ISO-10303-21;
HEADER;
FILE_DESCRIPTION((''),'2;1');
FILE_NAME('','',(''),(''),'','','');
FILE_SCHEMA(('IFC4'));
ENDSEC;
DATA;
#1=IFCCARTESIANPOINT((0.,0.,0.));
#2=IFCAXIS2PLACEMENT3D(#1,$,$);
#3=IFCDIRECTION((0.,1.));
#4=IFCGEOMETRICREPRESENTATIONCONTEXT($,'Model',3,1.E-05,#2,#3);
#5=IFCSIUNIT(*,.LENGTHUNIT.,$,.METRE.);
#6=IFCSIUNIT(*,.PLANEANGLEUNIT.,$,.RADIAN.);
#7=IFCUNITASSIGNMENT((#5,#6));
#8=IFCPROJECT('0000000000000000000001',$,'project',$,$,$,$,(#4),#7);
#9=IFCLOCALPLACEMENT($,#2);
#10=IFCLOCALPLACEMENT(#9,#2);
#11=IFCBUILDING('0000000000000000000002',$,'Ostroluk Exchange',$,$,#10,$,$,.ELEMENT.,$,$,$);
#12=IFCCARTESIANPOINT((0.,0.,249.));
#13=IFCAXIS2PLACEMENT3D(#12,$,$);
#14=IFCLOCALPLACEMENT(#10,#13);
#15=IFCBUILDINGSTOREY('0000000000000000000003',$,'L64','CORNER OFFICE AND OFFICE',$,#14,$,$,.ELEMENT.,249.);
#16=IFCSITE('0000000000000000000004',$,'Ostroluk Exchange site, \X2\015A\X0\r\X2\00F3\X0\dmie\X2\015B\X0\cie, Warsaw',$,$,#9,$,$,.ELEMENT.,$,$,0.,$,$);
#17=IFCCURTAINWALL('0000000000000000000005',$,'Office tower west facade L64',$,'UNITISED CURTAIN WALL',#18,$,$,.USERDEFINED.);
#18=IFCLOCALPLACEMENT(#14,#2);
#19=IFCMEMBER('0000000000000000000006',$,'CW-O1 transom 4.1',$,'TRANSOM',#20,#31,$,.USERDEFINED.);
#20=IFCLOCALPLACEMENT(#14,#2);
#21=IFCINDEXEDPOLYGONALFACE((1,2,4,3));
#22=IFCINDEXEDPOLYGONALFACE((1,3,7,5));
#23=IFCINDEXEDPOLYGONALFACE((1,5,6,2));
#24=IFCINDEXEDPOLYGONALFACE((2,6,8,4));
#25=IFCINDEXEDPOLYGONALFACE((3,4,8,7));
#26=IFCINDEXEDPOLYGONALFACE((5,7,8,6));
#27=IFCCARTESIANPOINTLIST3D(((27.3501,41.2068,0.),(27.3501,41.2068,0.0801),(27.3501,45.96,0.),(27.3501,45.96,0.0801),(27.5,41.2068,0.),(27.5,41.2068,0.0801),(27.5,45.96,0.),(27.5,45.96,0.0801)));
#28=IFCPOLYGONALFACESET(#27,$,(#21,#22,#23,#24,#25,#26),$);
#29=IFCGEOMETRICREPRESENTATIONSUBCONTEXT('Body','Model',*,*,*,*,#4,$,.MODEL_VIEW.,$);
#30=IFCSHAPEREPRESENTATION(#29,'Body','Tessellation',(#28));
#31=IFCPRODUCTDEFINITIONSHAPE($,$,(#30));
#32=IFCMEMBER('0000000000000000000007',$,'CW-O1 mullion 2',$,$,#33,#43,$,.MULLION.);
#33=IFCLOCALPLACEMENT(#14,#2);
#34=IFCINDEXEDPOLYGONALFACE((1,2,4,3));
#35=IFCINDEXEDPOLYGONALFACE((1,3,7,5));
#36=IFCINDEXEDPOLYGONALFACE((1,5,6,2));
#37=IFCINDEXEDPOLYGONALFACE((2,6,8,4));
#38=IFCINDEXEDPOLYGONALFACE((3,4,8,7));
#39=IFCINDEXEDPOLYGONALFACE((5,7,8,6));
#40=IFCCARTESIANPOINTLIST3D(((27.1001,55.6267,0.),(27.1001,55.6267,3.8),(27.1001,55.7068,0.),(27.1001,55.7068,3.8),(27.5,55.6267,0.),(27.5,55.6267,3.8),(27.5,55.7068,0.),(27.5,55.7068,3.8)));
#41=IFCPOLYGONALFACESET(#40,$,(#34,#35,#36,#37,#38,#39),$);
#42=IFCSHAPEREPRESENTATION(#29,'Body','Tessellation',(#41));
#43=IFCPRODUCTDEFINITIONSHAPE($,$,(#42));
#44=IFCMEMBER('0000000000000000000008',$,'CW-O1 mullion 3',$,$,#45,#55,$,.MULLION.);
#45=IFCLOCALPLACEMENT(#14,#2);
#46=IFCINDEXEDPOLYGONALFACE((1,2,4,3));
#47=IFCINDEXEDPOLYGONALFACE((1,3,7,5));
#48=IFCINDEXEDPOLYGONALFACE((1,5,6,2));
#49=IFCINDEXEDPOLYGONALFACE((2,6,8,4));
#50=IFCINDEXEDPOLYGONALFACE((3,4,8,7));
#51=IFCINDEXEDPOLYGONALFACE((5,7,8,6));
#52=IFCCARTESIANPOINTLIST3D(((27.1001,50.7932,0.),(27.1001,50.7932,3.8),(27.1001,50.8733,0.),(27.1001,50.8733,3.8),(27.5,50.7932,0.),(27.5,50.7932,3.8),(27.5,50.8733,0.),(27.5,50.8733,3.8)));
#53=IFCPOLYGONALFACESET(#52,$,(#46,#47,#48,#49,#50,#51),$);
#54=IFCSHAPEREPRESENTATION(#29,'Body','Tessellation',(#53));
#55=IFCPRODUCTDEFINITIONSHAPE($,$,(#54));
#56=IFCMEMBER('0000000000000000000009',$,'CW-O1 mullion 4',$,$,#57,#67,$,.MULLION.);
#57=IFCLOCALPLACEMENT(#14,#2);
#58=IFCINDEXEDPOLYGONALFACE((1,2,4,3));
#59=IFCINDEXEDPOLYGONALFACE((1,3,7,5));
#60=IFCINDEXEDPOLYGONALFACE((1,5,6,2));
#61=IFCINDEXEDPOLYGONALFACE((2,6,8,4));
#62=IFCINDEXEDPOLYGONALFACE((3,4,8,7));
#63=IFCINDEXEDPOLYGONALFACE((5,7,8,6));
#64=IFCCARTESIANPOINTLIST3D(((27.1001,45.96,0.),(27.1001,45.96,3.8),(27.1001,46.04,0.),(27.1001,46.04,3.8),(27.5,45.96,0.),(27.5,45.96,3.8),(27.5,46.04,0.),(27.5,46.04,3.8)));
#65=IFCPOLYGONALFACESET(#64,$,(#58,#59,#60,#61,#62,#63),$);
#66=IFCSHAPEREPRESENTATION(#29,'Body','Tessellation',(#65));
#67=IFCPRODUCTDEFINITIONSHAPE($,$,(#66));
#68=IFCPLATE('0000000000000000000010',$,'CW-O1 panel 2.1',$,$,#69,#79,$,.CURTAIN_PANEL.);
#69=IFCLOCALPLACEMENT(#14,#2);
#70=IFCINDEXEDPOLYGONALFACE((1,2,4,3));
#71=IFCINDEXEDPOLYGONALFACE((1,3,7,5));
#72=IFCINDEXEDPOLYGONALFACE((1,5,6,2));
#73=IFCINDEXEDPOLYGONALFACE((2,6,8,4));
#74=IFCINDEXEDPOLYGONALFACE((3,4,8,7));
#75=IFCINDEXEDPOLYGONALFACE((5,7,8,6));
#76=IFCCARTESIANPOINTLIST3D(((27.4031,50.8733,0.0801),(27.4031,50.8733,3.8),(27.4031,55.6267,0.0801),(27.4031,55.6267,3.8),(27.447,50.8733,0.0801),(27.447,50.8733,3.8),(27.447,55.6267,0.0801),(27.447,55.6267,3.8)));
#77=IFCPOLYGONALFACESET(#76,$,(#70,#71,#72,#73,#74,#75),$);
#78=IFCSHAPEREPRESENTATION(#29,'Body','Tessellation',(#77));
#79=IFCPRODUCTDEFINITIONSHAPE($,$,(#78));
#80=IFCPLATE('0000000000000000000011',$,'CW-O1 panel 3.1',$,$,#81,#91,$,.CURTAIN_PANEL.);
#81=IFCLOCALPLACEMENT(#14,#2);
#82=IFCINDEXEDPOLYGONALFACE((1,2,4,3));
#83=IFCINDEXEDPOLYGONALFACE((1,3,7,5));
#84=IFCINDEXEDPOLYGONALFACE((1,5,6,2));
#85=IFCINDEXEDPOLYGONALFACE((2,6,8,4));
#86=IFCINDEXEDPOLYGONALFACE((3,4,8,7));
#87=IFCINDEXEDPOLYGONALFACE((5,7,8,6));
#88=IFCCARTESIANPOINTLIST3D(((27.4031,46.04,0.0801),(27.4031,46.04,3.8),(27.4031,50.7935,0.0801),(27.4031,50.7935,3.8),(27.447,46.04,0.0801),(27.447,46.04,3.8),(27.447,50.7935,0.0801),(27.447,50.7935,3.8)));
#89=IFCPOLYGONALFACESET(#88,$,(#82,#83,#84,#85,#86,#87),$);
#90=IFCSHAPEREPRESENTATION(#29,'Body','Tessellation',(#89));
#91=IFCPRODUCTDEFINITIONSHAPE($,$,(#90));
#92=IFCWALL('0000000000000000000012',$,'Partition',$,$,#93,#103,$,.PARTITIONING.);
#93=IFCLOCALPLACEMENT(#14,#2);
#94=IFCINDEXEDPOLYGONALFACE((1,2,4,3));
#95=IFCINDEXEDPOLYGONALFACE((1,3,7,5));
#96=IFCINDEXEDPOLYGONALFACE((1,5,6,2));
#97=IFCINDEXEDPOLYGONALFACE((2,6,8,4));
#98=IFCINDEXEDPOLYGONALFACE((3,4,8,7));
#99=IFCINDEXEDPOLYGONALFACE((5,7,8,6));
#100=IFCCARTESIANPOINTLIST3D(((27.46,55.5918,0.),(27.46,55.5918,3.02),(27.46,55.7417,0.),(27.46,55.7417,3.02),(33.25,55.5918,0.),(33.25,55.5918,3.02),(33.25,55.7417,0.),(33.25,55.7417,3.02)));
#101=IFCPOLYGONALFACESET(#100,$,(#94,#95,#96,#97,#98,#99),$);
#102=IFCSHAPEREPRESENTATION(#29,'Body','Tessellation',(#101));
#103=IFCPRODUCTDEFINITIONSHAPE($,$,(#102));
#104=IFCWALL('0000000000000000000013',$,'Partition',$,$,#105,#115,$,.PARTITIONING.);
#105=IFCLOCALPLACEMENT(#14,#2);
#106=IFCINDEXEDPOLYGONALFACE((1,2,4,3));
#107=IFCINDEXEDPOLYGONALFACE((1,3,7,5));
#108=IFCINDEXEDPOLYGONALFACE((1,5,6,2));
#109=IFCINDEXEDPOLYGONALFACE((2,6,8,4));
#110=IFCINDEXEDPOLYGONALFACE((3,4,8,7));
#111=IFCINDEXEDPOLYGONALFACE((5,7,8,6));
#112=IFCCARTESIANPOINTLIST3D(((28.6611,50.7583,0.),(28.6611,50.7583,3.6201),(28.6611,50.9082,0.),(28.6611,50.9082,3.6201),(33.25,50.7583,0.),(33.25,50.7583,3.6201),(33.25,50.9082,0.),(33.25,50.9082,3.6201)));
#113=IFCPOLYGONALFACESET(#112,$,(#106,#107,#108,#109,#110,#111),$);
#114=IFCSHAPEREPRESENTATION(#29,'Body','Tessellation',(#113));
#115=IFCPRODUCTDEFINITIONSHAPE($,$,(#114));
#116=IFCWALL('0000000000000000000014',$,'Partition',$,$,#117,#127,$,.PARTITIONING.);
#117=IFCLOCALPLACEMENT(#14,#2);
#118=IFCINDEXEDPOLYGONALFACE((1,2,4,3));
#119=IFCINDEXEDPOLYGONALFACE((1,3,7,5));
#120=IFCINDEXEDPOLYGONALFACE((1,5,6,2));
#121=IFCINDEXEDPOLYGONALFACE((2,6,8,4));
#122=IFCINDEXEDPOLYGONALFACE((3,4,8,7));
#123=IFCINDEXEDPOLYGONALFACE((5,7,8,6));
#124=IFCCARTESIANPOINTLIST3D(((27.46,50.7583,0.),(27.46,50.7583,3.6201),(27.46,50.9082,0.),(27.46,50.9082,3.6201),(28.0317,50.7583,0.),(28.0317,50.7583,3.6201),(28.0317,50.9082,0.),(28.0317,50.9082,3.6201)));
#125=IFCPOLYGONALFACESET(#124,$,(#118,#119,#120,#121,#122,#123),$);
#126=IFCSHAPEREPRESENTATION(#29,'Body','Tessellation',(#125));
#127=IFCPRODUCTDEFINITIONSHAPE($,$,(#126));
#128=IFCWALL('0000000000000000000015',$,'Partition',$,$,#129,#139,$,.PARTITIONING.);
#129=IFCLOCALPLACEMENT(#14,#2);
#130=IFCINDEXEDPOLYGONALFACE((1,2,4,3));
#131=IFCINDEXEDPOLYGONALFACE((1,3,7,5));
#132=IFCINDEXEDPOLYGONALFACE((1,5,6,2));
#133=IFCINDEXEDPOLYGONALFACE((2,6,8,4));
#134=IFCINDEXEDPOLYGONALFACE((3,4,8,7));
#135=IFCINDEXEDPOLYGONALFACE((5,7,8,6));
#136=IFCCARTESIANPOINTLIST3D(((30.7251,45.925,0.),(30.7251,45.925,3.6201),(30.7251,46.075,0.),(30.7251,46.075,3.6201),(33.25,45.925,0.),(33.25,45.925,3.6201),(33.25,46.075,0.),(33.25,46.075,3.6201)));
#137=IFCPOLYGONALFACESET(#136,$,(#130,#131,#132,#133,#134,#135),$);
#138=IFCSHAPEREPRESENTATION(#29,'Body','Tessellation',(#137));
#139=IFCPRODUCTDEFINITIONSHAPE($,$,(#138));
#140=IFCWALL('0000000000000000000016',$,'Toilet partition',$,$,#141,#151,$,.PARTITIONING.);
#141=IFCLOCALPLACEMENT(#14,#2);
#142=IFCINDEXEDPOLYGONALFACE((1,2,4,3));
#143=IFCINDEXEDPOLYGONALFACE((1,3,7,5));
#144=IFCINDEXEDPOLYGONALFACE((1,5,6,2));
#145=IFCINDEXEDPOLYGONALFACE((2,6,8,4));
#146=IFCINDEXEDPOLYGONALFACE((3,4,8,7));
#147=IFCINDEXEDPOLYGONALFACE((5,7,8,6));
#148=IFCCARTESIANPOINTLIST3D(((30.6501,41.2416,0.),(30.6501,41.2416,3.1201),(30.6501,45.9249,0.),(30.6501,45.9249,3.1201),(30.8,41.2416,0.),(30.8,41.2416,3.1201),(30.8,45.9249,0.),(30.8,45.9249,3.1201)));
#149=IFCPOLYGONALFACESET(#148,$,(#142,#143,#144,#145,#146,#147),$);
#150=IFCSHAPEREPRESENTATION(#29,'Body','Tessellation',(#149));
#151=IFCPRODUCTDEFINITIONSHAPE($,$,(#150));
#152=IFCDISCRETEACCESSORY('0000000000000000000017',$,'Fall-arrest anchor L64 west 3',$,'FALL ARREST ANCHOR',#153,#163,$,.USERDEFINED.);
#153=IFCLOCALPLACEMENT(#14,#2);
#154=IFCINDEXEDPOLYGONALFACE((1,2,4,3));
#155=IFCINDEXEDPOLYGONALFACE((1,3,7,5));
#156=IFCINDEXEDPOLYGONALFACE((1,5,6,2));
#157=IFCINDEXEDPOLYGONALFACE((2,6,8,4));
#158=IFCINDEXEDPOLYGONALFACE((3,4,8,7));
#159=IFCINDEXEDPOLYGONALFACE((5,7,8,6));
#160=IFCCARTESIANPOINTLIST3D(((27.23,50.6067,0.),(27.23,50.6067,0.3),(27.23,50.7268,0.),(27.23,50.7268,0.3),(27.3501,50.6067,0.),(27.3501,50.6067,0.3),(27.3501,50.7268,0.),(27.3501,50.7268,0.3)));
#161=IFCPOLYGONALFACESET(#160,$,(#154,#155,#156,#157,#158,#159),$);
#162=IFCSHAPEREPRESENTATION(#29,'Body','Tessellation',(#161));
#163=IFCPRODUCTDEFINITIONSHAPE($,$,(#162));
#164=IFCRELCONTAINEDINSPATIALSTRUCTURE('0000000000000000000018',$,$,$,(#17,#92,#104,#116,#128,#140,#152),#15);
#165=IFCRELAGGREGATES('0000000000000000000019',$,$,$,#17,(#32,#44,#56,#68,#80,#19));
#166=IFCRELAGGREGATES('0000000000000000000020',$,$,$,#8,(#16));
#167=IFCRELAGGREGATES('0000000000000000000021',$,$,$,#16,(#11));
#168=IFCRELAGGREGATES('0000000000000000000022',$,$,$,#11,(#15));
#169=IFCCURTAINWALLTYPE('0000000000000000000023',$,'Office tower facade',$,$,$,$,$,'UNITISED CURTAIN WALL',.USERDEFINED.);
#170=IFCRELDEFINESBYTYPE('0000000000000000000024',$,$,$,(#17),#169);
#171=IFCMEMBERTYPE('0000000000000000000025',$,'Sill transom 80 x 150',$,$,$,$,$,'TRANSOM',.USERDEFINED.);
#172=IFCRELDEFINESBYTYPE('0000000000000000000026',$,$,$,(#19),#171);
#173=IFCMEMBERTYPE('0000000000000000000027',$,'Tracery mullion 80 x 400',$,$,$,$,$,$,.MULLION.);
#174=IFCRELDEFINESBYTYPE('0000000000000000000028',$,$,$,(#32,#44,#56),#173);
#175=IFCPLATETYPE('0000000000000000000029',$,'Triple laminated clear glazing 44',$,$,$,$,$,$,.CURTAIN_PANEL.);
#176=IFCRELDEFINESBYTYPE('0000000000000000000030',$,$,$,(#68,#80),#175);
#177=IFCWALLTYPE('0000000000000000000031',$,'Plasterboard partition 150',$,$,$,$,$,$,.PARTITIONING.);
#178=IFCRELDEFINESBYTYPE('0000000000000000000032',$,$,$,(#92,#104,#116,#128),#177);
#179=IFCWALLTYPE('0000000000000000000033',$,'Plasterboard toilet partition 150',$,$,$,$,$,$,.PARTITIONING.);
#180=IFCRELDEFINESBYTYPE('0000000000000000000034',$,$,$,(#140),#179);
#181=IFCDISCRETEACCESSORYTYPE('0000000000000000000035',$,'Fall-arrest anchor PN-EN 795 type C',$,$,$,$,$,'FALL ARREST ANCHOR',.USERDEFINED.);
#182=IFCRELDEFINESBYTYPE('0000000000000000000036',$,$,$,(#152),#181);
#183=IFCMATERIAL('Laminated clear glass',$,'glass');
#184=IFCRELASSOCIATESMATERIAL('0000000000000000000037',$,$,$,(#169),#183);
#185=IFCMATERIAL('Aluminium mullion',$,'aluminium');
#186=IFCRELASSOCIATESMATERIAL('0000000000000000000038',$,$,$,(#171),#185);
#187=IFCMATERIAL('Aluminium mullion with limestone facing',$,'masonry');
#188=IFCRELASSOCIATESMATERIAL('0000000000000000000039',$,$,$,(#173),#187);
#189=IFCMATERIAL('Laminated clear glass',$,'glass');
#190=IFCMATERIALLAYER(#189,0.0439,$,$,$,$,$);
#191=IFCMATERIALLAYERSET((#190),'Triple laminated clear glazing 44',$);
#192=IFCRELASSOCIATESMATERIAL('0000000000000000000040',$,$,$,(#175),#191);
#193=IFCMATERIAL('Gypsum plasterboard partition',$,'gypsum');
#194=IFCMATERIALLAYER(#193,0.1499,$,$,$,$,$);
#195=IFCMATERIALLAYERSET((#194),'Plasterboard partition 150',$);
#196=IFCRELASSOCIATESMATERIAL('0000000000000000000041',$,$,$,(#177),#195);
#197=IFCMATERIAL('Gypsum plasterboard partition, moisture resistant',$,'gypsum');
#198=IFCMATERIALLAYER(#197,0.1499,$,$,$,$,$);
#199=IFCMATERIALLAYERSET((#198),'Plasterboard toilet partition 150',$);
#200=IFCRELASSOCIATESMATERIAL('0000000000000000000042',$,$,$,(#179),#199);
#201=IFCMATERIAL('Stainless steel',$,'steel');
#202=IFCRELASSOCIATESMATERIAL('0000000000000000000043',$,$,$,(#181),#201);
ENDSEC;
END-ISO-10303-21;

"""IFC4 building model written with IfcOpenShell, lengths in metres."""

from ifc_helpers import new_model, si_unit, direction, frame, frame_2d, origin, origin_2d, place, context, subcontext, project, spatial, rectangle, extrude, material, layer, layer_set, material_profile, profile_set, type_object, element, aggregate, save


model = new_model("IFC4")

# Units and contexts
model_context = context("Model", 3, precision=1e-05, world=origin(), true_north=direction((0.0, 1.0)))
body_context = subcontext(model_context, "Body", "Model", "MODEL_VIEW")
ifc_project = project(units=[si_unit("LENGTHUNIT", "METRE"), si_unit("PLANEANGLEUNIT", "RADIAN")], contexts=[model_context])

# Site, building, storey
site_placement = place(None, origin())
site = spatial("IfcSite", under=ifc_project, at=site_placement, Name="Ostroluk Exchange site, Śródmieście, Warsaw", CompositionType="ELEMENT", RefElevation=0.0)
building_placement = place(site_placement, origin())
building = spatial("IfcBuilding", under=site, at=building_placement, Name="Ostroluk Exchange", CompositionType="ELEMENT")
storey_placement = place(building_placement, frame((0.0, 0.0, 249.0)))
storey = spatial("IfcBuildingStorey", under=building, at=storey_placement, Name="L64", Description="CORNER OFFICE AND OFFICE", CompositionType="ELEMENT", Elevation=249.0)

# Curtain wall, members, plates
ifc_material_1 = material(Name="Laminated clear glass", Category="glass")
curtain_wall_type = type_object("IfcCurtainWallType", Name="Office tower facade", ElementType="UNITISED CURTAIN WALL", PredefinedType="USERDEFINED", material=ifc_material_1)
curtain_wall_placement = place(storey_placement, origin())
curtain_wall = element("IfcCurtainWall", 1, at=curtain_wall_placement, inside=storey, type_object=curtain_wall_type, Name="Office tower west facade L64", ObjectType="UNITISED CURTAIN WALL", PredefinedType="USERDEFINED")
ifc_material_2 = material(Name="Aluminium mullion", Category="aluminium")
ifc_material_profile_1 = material_profile(ifc_material_2, rectangle(XDim=0.1499, YDim=0.0801, at=origin_2d()), Name="Sill transom 80 x 150")
ifc_profile_set_1 = profile_set([ifc_material_profile_1], Name="Aluminium mullion")
member_type_1 = type_object("IfcMemberType", Name="Sill transom 80 x 150", ElementType="TRANSOM", PredefinedType="USERDEFINED", material=ifc_profile_set_1)
member_1_placement = place(storey_placement, frame((27.425, 45.96, 0.04), z_axis=(0.0, -1.0, 0.0), x_axis=(1.0, 0.0, 0.0)))
member_1 = element("IfcMember", 2, at=member_1_placement, type_object=member_type_1, Name="CW-O1 transom 4.1", ObjectType="TRANSOM", PredefinedType="USERDEFINED", context=body_context, shape_type="SweptSolid", body=[
    extrude(rectangle(XDim=0.1499, YDim=0.0801, at=origin_2d()), origin(), (0.0, 0.0, 1.0), 4.7532),
])
ifc_material_3 = material(Name="Aluminium mullion with limestone facing", Category="masonry")
ifc_material_profile_2 = material_profile(ifc_material_3, rectangle(XDim=0.3999, YDim=0.0801, at=origin_2d()), Name="Tracery mullion 80 x 400")
ifc_profile_set_2 = profile_set([ifc_material_profile_2], Name="Aluminium mullion with limestone facing")
member_type_2 = type_object("IfcMemberType", Name="Tracery mullion 80 x 400", PredefinedType="MULLION", material=ifc_profile_set_2)
member_2_placement = place(storey_placement, frame((27.3, 55.6667, 0.0), z_axis=(0.0, 0.0, 1.0), x_axis=(1.0, 0.0, 0.0)))
member_2 = element("IfcMember", 3, at=member_2_placement, type_object=member_type_2, Name="CW-O1 mullion 2", PredefinedType="MULLION", context=body_context, shape_type="SweptSolid", body=[
    extrude(rectangle(XDim=0.3999, YDim=0.0801, at=origin_2d()), origin(), (0.0, 0.0, 1.0), 3.8),
])
member_3_placement = place(storey_placement, frame((27.3, 50.8333, 0.0), z_axis=(0.0, 0.0, 1.0), x_axis=(1.0, 0.0, 0.0)))
member_3 = element("IfcMember", 4, at=member_3_placement, type_object=member_type_2, Name="CW-O1 mullion 3", PredefinedType="MULLION", context=body_context, shape_type="SweptSolid", body=[
    extrude(rectangle(XDim=0.3999, YDim=0.0801, at=origin_2d()), origin(), (0.0, 0.0, 1.0), 3.8),
])
member_4_placement = place(storey_placement, frame((27.3, 46.0, 0.0), z_axis=(0.0, 0.0, 1.0), x_axis=(1.0, 0.0, 0.0)))
member_4 = element("IfcMember", 5, at=member_4_placement, type_object=member_type_2, Name="CW-O1 mullion 4", PredefinedType="MULLION", context=body_context, shape_type="SweptSolid", body=[
    extrude(rectangle(XDim=0.3999, YDim=0.0801, at=origin_2d()), origin(), (0.0, 0.0, 1.0), 3.8),
])
ifc_material_4 = material(Name="Laminated clear glass", Category="glass")
ifc_layer_1 = layer(ifc_material_4, 0.0439)
ifc_layer_set_1 = layer_set([ifc_layer_1], Name="Triple laminated clear glazing 44")
plate_type = type_object("IfcPlateType", Name="Triple laminated clear glazing 44", PredefinedType="CURTAIN_PANEL", material=ifc_layer_set_1)
plate_1_placement = place(storey_placement, frame((27.425, 53.25, 0.0801), z_axis=(0.0, 0.0, 1.0), x_axis=(0.0, -1.0, 0.0)))
plate_1 = element("IfcPlate", 6, at=plate_1_placement, type_object=plate_type, Name="CW-O1 panel 2.1", PredefinedType="CURTAIN_PANEL", context=body_context, shape_type="SweptSolid", body=[
    extrude(rectangle(XDim=4.7534, YDim=0.0439, at=origin_2d()), origin(), (0.0, 0.0, 1.0), 3.72),
])
plate_2_placement = place(storey_placement, frame((27.425, 48.4167, 0.0801), z_axis=(0.0, 0.0, 1.0), x_axis=(0.0, -1.0, 0.0)))
plate_2 = element("IfcPlate", 7, at=plate_2_placement, type_object=plate_type, Name="CW-O1 panel 3.1", PredefinedType="CURTAIN_PANEL", context=body_context, shape_type="SweptSolid", body=[
    extrude(rectangle(XDim=4.7534, YDim=0.0439, at=origin_2d()), origin(), (0.0, 0.0, 1.0), 3.72),
])
aggregate(curtain_wall, [member_2, member_3, member_4, plate_1, plate_2, member_1])

# Walls
ifc_material_5 = material(Name="Gypsum plasterboard partition", Category="gypsum")
ifc_layer_2 = layer(ifc_material_5, 0.1499)
ifc_layer_set_2 = layer_set([ifc_layer_2], Name="Plasterboard partition 150")
wall_type_1 = type_object("IfcWallType", Name="Plasterboard partition 150", PredefinedType="PARTITIONING", material=ifc_layer_set_2)
wall_1_placement = place(storey_placement, frame((33.25, 55.6667, 0.0), z_axis=(0.0, 0.0, 1.0), x_axis=(-1.0, 0.0, 0.0)))
element("IfcWall", 8, at=wall_1_placement, inside=storey, type_object=wall_type_1, Name="Partition", PredefinedType="PARTITIONING", context=body_context, shape_type="SweptSolid", body=[
    extrude(rectangle(XDim=5.79, YDim=0.1499, at=frame_2d((2.895, 0.0))), origin(), (0.0, 0.0, 1.0), 3.02),
])
wall_2_placement = place(storey_placement, frame((33.25, 50.8333, 0.0), z_axis=(0.0, 0.0, 1.0), x_axis=(-1.0, 0.0, 0.0)))
element("IfcWall", 9, at=wall_2_placement, inside=storey, type_object=wall_type_1, Name="Partition", PredefinedType="PARTITIONING", context=body_context, shape_type="SweptSolid", body=[
    extrude(rectangle(XDim=4.5889, YDim=0.1499, at=frame_2d((2.2944, 0.0))), origin(), (0.0, 0.0, 1.0), 3.6201),
])
wall_3_placement = place(storey_placement, frame((28.0317, 50.8333, 0.0), z_axis=(0.0, 0.0, 1.0), x_axis=(-1.0, 0.0, 0.0)))
element("IfcWall", 10, at=wall_3_placement, inside=storey, type_object=wall_type_1, Name="Partition", PredefinedType="PARTITIONING", context=body_context, shape_type="SweptSolid", body=[
    extrude(rectangle(XDim=0.5718, YDim=0.1499, at=frame_2d((0.2859, 0.0))), origin(), (0.0, 0.0, 1.0), 3.6201),
])
wall_4_placement = place(storey_placement, frame((33.25, 46.0, 0.0), z_axis=(0.0, 0.0, 1.0), x_axis=(-1.0, 0.0, 0.0)))
element("IfcWall", 11, at=wall_4_placement, inside=storey, type_object=wall_type_1, Name="Partition", PredefinedType="PARTITIONING", context=body_context, shape_type="SweptSolid", body=[
    extrude(rectangle(XDim=2.5249, YDim=0.1499, at=frame_2d((1.2625, 0.0))), origin(), (0.0, 0.0, 1.0), 3.6201),
])
ifc_material_6 = material(Name="Gypsum plasterboard partition, moisture resistant", Category="gypsum")
ifc_layer_3 = layer(ifc_material_6, 0.1499)
ifc_layer_set_3 = layer_set([ifc_layer_3], Name="Plasterboard toilet partition 150")
wall_type_2 = type_object("IfcWallType", Name="Plasterboard toilet partition 150", PredefinedType="PARTITIONING", material=ifc_layer_set_3)
wall_5_placement = place(storey_placement, frame((30.7251, 45.925, 0.0), z_axis=(0.0, 0.0, 1.0), x_axis=(0.0, -1.0, 0.0)))
element("IfcWall", 12, at=wall_5_placement, inside=storey, type_object=wall_type_2, Name="Toilet partition", PredefinedType="PARTITIONING", context=body_context, shape_type="SweptSolid", body=[
    extrude(rectangle(XDim=4.6833, YDim=0.1499, at=frame_2d((2.3418, 0.0))), origin(), (0.0, 0.0, 1.0), 3.1201),
])

# Discrete accessory
ifc_material_7 = material(Name="Stainless steel", Category="steel")
discrete_accessory_type = type_object("IfcDiscreteAccessoryType", Name="Fall-arrest anchor PN-EN 795 type C", ElementType="FALL ARREST ANCHOR", PredefinedType="USERDEFINED", material=ifc_material_7)
discrete_accessory_placement = place(storey_placement, frame((27.29, 50.6667, 0.0), z_axis=(0.0, 0.0, 1.0), x_axis=(1.0, 0.0, 0.0)))
element("IfcDiscreteAccessory", 13, at=discrete_accessory_placement, inside=storey, type_object=discrete_accessory_type, Name="Fall-arrest anchor L64 west 3", ObjectType="FALL ARREST ANCHOR", PredefinedType="USERDEFINED", context=body_context, shape_type="SweptSolid", body=[
    extrude(rectangle(XDim=0.1201, YDim=0.1201, at=origin_2d()), origin(), (0.0, 0.0, 1.0), 0.3),
])

save(model, "model.ifc")
